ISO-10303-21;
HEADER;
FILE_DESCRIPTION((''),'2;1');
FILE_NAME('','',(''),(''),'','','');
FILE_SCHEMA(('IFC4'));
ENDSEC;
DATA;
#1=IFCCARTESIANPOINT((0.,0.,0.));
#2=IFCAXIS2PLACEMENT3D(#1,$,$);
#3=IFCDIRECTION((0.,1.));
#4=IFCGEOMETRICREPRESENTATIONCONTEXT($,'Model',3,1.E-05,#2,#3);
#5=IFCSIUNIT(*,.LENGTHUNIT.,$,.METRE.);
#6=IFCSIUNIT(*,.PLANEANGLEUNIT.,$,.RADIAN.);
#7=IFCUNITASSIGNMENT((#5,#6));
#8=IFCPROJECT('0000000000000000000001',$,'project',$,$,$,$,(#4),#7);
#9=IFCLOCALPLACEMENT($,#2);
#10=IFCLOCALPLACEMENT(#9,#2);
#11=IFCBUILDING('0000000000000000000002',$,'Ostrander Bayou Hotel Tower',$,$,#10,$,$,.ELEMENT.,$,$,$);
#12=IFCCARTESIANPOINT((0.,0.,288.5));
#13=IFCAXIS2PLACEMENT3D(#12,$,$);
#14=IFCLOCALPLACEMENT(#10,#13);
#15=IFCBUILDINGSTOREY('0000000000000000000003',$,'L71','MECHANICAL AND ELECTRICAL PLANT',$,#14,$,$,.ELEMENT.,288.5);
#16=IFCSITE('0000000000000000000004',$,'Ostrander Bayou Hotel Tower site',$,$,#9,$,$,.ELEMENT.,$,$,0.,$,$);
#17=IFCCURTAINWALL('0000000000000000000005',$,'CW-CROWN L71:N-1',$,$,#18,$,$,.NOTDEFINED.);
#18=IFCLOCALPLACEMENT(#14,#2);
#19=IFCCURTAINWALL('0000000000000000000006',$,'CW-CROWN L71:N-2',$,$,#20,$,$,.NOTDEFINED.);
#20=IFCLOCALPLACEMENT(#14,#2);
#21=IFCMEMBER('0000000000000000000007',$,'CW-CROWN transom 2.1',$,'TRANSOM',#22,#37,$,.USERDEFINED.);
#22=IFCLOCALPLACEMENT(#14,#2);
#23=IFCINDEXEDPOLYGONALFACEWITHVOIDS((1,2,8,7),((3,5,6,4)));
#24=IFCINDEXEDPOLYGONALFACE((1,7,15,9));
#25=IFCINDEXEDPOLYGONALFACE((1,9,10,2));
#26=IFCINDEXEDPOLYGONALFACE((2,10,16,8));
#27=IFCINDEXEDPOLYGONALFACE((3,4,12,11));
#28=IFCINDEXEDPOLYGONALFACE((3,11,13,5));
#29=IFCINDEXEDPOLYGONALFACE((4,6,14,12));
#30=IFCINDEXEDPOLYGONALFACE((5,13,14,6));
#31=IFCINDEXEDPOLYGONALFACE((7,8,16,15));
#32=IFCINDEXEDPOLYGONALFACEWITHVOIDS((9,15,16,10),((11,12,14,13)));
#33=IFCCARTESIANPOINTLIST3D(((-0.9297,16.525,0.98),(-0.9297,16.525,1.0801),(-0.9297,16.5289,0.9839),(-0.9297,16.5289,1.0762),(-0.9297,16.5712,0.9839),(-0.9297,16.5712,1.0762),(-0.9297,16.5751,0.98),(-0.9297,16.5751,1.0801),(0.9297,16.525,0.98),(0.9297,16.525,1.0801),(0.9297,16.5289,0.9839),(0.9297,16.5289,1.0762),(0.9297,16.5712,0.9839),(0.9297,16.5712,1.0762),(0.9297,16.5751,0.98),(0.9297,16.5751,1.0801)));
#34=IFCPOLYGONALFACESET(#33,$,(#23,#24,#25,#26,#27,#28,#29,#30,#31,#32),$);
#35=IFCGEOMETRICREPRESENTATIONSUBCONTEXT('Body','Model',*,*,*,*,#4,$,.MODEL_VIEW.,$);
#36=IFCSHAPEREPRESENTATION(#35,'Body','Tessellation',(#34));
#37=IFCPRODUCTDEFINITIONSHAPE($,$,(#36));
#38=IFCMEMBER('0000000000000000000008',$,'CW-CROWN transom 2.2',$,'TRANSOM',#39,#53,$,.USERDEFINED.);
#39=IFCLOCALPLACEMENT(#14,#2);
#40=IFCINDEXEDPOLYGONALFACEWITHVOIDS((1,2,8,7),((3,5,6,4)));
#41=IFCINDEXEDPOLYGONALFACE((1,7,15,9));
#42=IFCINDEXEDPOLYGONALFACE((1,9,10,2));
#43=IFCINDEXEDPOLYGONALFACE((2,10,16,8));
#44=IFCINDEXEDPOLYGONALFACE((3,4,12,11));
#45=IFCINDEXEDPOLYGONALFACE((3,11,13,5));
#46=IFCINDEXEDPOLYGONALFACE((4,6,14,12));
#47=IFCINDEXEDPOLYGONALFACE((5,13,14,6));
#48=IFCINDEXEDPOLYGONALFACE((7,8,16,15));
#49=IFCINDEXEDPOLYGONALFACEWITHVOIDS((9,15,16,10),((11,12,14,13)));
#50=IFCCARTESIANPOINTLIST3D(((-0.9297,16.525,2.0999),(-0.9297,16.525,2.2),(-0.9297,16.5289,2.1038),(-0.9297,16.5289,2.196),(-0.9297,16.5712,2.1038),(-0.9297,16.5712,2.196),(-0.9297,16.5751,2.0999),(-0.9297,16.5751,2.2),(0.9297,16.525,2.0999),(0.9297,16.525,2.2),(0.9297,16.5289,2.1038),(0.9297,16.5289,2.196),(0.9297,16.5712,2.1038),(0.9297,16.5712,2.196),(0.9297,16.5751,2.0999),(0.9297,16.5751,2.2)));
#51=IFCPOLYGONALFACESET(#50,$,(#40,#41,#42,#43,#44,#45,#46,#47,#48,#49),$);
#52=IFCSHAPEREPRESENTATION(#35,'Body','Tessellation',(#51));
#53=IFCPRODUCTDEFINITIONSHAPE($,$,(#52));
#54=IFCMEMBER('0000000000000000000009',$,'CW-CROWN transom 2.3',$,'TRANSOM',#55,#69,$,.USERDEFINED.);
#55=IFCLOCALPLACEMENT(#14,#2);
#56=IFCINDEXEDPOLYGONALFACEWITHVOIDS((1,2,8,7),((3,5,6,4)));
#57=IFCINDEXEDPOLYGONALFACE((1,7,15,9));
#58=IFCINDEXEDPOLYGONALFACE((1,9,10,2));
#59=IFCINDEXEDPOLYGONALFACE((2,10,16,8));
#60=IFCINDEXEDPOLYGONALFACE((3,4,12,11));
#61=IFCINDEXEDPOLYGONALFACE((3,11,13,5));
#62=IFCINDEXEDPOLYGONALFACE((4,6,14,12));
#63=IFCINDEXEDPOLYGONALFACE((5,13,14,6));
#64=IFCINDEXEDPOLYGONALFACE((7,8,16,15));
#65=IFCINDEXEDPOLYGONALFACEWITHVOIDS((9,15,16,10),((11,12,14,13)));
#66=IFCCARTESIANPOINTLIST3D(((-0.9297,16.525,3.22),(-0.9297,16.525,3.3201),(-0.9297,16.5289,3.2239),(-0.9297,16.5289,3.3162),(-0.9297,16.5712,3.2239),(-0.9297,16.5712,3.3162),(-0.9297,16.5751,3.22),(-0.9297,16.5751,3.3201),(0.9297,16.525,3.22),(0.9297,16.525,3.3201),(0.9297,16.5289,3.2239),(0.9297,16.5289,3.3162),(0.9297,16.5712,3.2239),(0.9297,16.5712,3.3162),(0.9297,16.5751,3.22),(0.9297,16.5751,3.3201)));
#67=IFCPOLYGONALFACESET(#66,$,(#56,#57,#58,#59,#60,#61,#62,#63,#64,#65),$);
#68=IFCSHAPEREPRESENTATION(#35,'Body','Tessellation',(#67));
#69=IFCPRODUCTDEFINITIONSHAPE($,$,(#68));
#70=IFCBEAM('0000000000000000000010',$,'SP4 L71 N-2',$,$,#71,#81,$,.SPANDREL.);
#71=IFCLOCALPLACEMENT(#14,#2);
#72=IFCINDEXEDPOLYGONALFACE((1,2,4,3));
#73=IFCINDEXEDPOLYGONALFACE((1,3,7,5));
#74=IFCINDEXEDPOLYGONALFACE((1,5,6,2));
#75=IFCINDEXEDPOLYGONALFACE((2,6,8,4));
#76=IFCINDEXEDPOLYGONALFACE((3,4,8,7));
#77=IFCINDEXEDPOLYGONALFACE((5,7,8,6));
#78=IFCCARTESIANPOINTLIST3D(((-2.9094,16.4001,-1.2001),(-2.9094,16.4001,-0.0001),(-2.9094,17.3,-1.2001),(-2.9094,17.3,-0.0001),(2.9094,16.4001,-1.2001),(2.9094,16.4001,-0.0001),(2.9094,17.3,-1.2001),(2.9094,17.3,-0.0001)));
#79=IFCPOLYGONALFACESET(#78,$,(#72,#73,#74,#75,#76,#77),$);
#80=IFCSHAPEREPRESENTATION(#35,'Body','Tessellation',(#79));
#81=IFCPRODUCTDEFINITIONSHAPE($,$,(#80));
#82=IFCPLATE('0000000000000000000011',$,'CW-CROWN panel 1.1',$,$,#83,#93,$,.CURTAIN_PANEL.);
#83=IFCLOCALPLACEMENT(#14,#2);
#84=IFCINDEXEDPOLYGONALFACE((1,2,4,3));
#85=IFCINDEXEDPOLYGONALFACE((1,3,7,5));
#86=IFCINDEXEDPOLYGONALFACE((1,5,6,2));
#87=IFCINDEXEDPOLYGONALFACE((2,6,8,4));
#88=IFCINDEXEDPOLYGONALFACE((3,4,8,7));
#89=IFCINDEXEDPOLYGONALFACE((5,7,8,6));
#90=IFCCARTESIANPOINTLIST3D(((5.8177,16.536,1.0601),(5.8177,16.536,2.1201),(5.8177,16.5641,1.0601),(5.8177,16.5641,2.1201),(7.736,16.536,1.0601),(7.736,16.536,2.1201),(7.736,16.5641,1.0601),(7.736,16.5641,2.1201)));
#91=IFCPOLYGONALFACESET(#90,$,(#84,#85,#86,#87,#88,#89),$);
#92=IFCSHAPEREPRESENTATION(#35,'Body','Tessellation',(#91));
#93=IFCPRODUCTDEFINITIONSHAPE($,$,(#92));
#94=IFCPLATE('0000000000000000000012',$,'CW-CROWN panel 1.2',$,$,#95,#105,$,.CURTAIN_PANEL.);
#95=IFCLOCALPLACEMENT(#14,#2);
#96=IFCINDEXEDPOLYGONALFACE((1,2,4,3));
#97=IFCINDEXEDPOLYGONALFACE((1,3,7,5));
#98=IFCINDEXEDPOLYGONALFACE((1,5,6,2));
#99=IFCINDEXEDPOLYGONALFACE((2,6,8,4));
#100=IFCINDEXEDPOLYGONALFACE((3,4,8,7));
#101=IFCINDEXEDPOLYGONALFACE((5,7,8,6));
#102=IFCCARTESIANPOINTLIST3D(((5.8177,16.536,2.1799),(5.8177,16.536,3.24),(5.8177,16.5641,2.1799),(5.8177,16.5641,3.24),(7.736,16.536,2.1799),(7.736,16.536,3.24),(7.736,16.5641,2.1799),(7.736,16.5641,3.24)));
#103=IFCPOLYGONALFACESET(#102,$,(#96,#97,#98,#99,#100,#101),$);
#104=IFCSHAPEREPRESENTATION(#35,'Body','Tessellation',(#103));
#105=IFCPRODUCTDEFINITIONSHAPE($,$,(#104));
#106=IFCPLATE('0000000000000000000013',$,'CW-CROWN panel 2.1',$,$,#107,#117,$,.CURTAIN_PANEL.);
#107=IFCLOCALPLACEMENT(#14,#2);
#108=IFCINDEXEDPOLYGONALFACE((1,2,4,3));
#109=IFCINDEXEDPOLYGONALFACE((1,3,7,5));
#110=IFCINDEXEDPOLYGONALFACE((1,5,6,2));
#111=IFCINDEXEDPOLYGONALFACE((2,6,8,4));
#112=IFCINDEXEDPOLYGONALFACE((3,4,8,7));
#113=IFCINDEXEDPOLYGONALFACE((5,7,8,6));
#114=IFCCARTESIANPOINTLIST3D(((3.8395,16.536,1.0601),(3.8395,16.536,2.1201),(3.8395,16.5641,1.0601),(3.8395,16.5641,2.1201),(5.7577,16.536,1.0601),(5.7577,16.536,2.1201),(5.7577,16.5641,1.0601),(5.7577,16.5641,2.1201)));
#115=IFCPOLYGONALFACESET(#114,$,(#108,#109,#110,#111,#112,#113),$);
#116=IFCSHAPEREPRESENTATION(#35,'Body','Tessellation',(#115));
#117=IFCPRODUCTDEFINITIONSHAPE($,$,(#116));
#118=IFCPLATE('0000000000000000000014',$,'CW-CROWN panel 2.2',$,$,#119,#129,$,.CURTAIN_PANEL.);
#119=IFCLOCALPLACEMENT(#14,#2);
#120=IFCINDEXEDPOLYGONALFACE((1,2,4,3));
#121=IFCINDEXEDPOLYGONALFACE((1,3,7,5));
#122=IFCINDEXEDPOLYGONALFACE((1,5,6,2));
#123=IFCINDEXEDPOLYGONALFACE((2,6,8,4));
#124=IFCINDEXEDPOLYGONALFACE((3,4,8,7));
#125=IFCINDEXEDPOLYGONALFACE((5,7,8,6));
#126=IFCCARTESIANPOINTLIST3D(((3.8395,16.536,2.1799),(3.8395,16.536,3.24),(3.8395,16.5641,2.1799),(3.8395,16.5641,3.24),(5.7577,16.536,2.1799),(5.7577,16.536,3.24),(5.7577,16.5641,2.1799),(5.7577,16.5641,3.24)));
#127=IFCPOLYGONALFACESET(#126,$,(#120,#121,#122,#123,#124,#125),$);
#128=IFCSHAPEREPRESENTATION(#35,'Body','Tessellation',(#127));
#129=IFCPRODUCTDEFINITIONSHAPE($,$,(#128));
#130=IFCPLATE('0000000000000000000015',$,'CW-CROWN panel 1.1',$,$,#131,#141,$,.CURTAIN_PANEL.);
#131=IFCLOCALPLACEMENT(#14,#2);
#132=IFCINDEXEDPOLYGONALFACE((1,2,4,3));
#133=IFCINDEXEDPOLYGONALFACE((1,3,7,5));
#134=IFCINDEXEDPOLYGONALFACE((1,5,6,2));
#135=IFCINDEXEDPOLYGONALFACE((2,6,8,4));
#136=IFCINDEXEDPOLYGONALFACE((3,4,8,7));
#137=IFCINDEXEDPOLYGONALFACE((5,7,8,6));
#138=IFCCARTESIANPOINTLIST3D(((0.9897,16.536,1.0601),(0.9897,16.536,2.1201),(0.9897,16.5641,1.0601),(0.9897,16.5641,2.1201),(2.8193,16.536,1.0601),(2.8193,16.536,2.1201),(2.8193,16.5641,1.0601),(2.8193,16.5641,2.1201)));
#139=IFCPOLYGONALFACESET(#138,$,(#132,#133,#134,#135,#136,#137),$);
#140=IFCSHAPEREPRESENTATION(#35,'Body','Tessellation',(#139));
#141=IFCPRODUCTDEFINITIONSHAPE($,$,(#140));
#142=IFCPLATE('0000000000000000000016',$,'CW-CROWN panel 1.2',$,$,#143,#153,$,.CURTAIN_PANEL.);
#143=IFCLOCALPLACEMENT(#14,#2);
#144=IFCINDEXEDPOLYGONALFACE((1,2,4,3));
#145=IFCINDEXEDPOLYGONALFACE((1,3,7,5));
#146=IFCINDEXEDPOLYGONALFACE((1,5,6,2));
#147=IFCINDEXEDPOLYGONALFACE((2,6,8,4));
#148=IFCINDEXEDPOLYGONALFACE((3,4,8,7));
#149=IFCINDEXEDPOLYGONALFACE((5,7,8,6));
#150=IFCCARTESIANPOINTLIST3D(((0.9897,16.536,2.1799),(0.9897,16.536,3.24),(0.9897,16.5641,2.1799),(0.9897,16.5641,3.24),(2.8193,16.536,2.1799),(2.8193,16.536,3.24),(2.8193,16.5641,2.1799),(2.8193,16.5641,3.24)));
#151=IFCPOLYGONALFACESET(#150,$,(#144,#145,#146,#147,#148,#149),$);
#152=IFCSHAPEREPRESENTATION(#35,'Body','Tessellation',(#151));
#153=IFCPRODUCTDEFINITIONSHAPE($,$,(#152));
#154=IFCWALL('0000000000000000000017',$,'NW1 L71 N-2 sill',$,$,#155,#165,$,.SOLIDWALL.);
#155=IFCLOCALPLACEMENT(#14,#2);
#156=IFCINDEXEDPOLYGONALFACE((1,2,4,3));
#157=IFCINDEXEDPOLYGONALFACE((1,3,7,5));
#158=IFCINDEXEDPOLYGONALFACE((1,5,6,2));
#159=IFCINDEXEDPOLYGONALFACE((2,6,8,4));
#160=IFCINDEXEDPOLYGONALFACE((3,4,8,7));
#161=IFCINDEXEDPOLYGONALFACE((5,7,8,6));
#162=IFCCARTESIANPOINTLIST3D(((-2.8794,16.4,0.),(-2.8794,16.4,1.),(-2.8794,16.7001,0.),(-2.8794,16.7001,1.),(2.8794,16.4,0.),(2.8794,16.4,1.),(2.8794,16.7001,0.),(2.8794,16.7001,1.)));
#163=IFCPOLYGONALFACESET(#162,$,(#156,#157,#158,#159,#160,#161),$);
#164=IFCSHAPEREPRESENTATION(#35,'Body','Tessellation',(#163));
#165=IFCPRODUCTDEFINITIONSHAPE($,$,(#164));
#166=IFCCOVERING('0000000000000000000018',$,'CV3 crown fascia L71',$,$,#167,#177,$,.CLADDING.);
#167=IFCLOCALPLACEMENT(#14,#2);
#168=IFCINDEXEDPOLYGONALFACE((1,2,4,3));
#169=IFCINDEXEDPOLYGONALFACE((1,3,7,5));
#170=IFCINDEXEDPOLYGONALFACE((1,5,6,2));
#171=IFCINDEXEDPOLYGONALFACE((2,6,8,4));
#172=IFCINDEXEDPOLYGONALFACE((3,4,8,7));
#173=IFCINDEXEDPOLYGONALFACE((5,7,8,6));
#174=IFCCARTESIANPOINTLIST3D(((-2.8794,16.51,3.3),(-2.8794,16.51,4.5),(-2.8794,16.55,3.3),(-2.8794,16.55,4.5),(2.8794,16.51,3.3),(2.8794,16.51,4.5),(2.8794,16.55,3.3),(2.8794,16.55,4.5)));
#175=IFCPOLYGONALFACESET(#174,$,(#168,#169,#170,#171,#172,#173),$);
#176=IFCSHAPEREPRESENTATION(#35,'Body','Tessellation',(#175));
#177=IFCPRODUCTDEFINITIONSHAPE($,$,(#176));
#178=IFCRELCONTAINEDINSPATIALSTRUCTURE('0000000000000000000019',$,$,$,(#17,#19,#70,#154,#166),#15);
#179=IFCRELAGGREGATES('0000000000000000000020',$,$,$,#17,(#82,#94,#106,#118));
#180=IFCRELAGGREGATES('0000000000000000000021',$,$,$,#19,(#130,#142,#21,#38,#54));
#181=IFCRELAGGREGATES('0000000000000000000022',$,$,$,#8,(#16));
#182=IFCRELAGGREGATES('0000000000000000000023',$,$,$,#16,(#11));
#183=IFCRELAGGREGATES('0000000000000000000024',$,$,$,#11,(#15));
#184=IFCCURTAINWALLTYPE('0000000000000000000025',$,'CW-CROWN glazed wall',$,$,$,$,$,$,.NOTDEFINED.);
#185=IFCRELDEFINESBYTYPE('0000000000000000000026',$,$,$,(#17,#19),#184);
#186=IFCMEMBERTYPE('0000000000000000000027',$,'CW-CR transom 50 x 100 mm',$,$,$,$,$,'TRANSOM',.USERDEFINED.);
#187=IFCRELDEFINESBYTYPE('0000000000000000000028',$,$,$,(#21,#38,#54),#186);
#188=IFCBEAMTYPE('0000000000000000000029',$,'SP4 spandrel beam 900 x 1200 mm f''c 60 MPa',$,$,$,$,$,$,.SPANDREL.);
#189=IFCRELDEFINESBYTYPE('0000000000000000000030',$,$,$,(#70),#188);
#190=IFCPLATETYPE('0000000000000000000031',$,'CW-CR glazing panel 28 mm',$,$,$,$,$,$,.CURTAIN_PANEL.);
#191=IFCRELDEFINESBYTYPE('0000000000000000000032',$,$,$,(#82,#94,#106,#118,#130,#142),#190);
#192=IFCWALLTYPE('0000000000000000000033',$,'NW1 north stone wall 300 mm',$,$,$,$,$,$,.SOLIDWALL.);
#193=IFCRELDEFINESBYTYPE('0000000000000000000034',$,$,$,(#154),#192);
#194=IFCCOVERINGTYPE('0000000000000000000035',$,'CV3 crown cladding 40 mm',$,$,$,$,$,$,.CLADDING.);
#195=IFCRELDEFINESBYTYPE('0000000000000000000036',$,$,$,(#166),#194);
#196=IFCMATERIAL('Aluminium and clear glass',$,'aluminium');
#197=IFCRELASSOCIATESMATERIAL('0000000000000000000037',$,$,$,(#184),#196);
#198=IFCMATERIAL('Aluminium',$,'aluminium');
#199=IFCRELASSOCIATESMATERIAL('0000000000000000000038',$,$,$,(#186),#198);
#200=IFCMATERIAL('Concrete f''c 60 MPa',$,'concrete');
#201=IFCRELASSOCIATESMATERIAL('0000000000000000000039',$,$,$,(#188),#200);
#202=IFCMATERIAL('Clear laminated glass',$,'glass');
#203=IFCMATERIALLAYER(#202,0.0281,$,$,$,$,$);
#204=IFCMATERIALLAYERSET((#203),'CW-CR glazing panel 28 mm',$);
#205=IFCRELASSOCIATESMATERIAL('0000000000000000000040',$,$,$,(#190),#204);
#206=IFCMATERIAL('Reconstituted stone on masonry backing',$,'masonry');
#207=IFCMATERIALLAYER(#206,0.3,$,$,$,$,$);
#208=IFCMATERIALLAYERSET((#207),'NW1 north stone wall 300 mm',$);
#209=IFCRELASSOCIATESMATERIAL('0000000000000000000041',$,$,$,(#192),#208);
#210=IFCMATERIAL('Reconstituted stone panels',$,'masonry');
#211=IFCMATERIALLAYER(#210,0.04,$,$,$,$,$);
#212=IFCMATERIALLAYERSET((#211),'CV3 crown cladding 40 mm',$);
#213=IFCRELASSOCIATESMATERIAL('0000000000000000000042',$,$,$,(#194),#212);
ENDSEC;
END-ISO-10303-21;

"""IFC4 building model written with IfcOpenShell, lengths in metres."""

from ifc_helpers import new_model, si_unit, direction, frame, frame_2d, origin, origin_2d, place, context, subcontext, project, spatial, polyline, rectangle, hollow_rectangle, outline, extrude, material, layer, layer_set, material_profile, profile_set, type_object, element, aggregate, save


model = new_model("IFC4")

# Units and contexts
model_context = context("Model", 3, precision=1e-05, world=origin(), true_north=direction((0.0, 1.0)))
body_context = subcontext(model_context, "Body", "Model", "MODEL_VIEW")
ifc_project = project(units=[si_unit("LENGTHUNIT", "METRE"), si_unit("PLANEANGLEUNIT", "RADIAN")], contexts=[model_context])

# Site, building, storey
site_placement = place(None, origin())
site = spatial("IfcSite", under=ifc_project, at=site_placement, Name="Ostrander Bayou Hotel Tower site", CompositionType="ELEMENT", RefElevation=0.0)
building_placement = place(site_placement, origin())
building = spatial("IfcBuilding", under=site, at=building_placement, Name="Ostrander Bayou Hotel Tower", CompositionType="ELEMENT")
storey_placement = place(building_placement, frame((0.0, 0.0, 288.5)))
storey = spatial("IfcBuildingStorey", under=building, at=storey_placement, Name="L71", Description="MECHANICAL AND ELECTRICAL PLANT", CompositionType="ELEMENT", Elevation=288.5)

# Curtain walls
ifc_material_1 = material(Name="Aluminium and clear glass", Category="aluminium")
curtain_wall_type = type_object("IfcCurtainWallType", Name="CW-CROWN glazed wall", PredefinedType="NOTDEFINED", material=ifc_material_1)
curtain_wall_1_placement = place(storey_placement, origin())
curtain_wall_1 = element("IfcCurtainWall", 1, at=curtain_wall_1_placement, inside=storey, type_object=curtain_wall_type, Name="CW-CROWN L71:N-1", PredefinedType="NOTDEFINED")
curtain_wall_2_placement = place(storey_placement, origin())
curtain_wall_2 = element("IfcCurtainWall", 2, at=curtain_wall_2_placement, inside=storey, type_object=curtain_wall_type, Name="CW-CROWN L71:N-2", PredefinedType="NOTDEFINED")

# Members
ifc_material_2 = material(Name="Aluminium", Category="aluminium")
ifc_material_profile_1 = material_profile(ifc_material_2, hollow_rectangle(XDim=0.05, YDim=0.1001, WallThickness=0.0039, at=origin_2d()))
ifc_profile_set_1 = profile_set([ifc_material_profile_1], Name="Aluminium")
member_type_1 = type_object("IfcMemberType", Name="CW-CR transom 50 x 100 mm", ElementType="TRANSOM", PredefinedType="USERDEFINED", material=ifc_profile_set_1)
member_1_placement = place(storey_placement, frame((0.9297, 16.55, 1.03), z_axis=(-1.0, 0.0, 0.0), x_axis=(0.0, -1.0, 0.0)))
member_1 = element("IfcMember", 3, at=member_1_placement, type_object=member_type_1, Name="CW-CROWN transom 2.1", ObjectType="TRANSOM", PredefinedType="USERDEFINED", context=body_context, shape_type="SweptSolid", body=[
    extrude(hollow_rectangle(XDim=0.05, YDim=0.1001, WallThickness=0.0039, at=origin_2d()), origin(), (0.0, 0.0, 1.0), 1.8594),
])
member_2_placement = place(storey_placement, frame((0.9297, 16.55, 2.1499), z_axis=(-1.0, 0.0, 0.0), x_axis=(0.0, -1.0, 0.0)))
member_2 = element("IfcMember", 4, at=member_2_placement, type_object=member_type_1, Name="CW-CROWN transom 2.2", ObjectType="TRANSOM", PredefinedType="USERDEFINED", context=body_context, shape_type="SweptSolid", body=[
    extrude(hollow_rectangle(XDim=0.05, YDim=0.1001, WallThickness=0.0039, at=origin_2d()), origin(), (0.0, 0.0, 1.0), 1.8594),
])
member_3_placement = place(storey_placement, frame((0.9297, 16.55, 3.27), z_axis=(-1.0, 0.0, 0.0), x_axis=(0.0, -1.0, 0.0)))
member_3 = element("IfcMember", 5, at=member_3_placement, type_object=member_type_1, Name="CW-CROWN transom 2.3", ObjectType="TRANSOM", PredefinedType="USERDEFINED", context=body_context, shape_type="SweptSolid", body=[
    extrude(hollow_rectangle(XDim=0.05, YDim=0.1001, WallThickness=0.0039, at=origin_2d()), origin(), (0.0, 0.0, 1.0), 1.8594),
])

# Beam
ifc_material_3 = material(Name="Concrete f'c 60 MPa", Category="concrete")
ifc_material_profile_2 = material_profile(ifc_material_3, rectangle(XDim=0.8999, YDim=1.2, at=origin_2d()))
ifc_profile_set_2 = profile_set([ifc_material_profile_2], Name="Concrete f'c 60 MPa")
beam_type = type_object("IfcBeamType", Name="SP4 spandrel beam 900 x 1200 mm f'c 60 MPa", PredefinedType="SPANDREL", material=ifc_profile_set_2)
beam_placement = place(storey_placement, frame((2.9094, 16.8501, -0.6001), z_axis=(-1.0, 0.0, 0.0), x_axis=(0.0, -1.0, 0.0)))
element("IfcBeam", 6, at=beam_placement, inside=storey, type_object=beam_type, Name="SP4 L71 N-2", PredefinedType="SPANDREL", context=body_context, shape_type="SweptSolid", body=[
    extrude(rectangle(XDim=0.8999, YDim=1.2, at=origin_2d()), origin(), (0.0, 0.0, 1.0), 5.8188),
])

# Plates
ifc_material_4 = material(Name="Clear laminated glass", Category="glass")
ifc_layer_1 = layer(ifc_material_4, 0.0281)
ifc_layer_set_1 = layer_set([ifc_layer_1], Name="CW-CR glazing panel 28 mm")
plate_type = type_object("IfcPlateType", Name="CW-CR glazing panel 28 mm", PredefinedType="CURTAIN_PANEL", material=ifc_layer_set_1)
plate_1_placement = place(storey_placement, frame((6.7769, 16.55, 1.0601), z_axis=(0.0, 0.0, 1.0), x_axis=(-1.0, 0.0, 0.0)))
plate_1 = element("IfcPlate", 7, at=plate_1_placement, type_object=plate_type, Name="CW-CROWN panel 1.1", PredefinedType="CURTAIN_PANEL", context=body_context, shape_type="SweptSolid", body=[
    extrude(rectangle(XDim=1.9182, YDim=0.0281, at=origin_2d()), origin(), (0.0, 0.0, 1.0), 1.0601),
])
plate_2_placement = place(storey_placement, frame((6.7769, 16.55, 2.1799), z_axis=(0.0, 0.0, 1.0), x_axis=(-1.0, 0.0, 0.0)))
plate_2 = element("IfcPlate", 8, at=plate_2_placement, type_object=plate_type, Name="CW-CROWN panel 1.2", PredefinedType="CURTAIN_PANEL", context=body_context, shape_type="SweptSolid", body=[
    extrude(rectangle(XDim=1.9182, YDim=0.0281, at=origin_2d()), origin(), (0.0, 0.0, 1.0), 1.0601),
])
plate_3_placement = place(storey_placement, frame((4.7986, 16.55, 1.0601), z_axis=(0.0, 0.0, 1.0), x_axis=(-1.0, 0.0, 0.0)))
plate_3 = element("IfcPlate", 9, at=plate_3_placement, type_object=plate_type, Name="CW-CROWN panel 2.1", PredefinedType="CURTAIN_PANEL", context=body_context, shape_type="SweptSolid", body=[
    extrude(rectangle(XDim=1.9182, YDim=0.0281, at=origin_2d()), origin(), (0.0, 0.0, 1.0), 1.0601),
])
plate_4_placement = place(storey_placement, frame((4.7986, 16.55, 2.1799), z_axis=(0.0, 0.0, 1.0), x_axis=(-1.0, 0.0, 0.0)))
plate_4 = element("IfcPlate", 10, at=plate_4_placement, type_object=plate_type, Name="CW-CROWN panel 2.2", PredefinedType="CURTAIN_PANEL", context=body_context, shape_type="SweptSolid", body=[
    extrude(rectangle(XDim=1.9182, YDim=0.0281, at=origin_2d()), origin(), (0.0, 0.0, 1.0), 1.0601),
])
aggregate(curtain_wall_1, [plate_1, plate_2, plate_3, plate_4])
plate_5_placement = place(storey_placement, frame((1.9045, 16.55, 1.0601), z_axis=(0.0, 0.0, 1.0), x_axis=(-1.0, 0.0, 0.0)))
plate_5 = element("IfcPlate", 11, at=plate_5_placement, type_object=plate_type, Name="CW-CROWN panel 1.1", PredefinedType="CURTAIN_PANEL", context=body_context, shape_type="SweptSolid", body=[
    extrude(rectangle(XDim=1.8296, YDim=0.0281, at=origin_2d()), origin(), (0.0, 0.0, 1.0), 1.0601),
])
plate_6_placement = place(storey_placement, frame((1.9045, 16.55, 2.1799), z_axis=(0.0, 0.0, 1.0), x_axis=(-1.0, 0.0, 0.0)))
plate_6 = element("IfcPlate", 12, at=plate_6_placement, type_object=plate_type, Name="CW-CROWN panel 1.2", PredefinedType="CURTAIN_PANEL", context=body_context, shape_type="SweptSolid", body=[
    extrude(rectangle(XDim=1.8296, YDim=0.0281, at=origin_2d()), origin(), (0.0, 0.0, 1.0), 1.0601),
])
aggregate(curtain_wall_2, [plate_5, plate_6, member_1, member_2, member_3])

# Wall
ifc_material_5 = material(Name="Reconstituted stone on masonry backing", Category="masonry")
ifc_layer_2 = layer(ifc_material_5, 0.3)
ifc_layer_set_2 = layer_set([ifc_layer_2], Name="NW1 north stone wall 300 mm")
wall_type_1 = type_object("IfcWallType", Name="NW1 north stone wall 300 mm", PredefinedType="SOLIDWALL", material=ifc_layer_set_2)
wall_1_placement = place(storey_placement, frame((2.8794, 16.55, 0.0), z_axis=(0.0, 0.0, 1.0), x_axis=(-1.0, 0.0, 0.0)))
element("IfcWall", 13, at=wall_1_placement, inside=storey, type_object=wall_type_1, Name="NW1 L71 N-2 sill", PredefinedType="SOLIDWALL", context=body_context, shape_type="SweptSolid", body=[
    extrude(rectangle(XDim=5.7588, YDim=0.3, at=frame_2d((2.8794, 0.0))), origin(), (0.0, 0.0, 1.0), 1.0),
])

# Covering
ifc_material_6 = material(Name="Reconstituted stone panels", Category="masonry")
ifc_layer_3 = layer(ifc_material_6, 0.04)
ifc_layer_set_3 = layer_set([ifc_layer_3], Name="CV3 crown cladding 40 mm")
covering_type = type_object("IfcCoveringType", Name="CV3 crown cladding 40 mm", PredefinedType="CLADDING", material=ifc_layer_set_3)
covering_placement = place(storey_placement, frame((2.8794, 16.55, 3.3), z_axis=(0.0, 1.0, 0.0), x_axis=(-1.0, 0.0, 0.0)))
element("IfcCovering", 14, at=covering_placement, inside=storey, type_object=covering_type, Name="CV3 crown fascia L71", PredefinedType="CLADDING", context=body_context, shape_type="SweptSolid", body=[
    extrude(outline(polyline([(0.0, 0.0), (5.7588, 0.0), (5.7588, 1.2), (0.0, 1.2), (0.0, 0.0)])), origin(), (0.0, 0.0, -1.0), 0.04),
])

save(model, "model.ifc")
